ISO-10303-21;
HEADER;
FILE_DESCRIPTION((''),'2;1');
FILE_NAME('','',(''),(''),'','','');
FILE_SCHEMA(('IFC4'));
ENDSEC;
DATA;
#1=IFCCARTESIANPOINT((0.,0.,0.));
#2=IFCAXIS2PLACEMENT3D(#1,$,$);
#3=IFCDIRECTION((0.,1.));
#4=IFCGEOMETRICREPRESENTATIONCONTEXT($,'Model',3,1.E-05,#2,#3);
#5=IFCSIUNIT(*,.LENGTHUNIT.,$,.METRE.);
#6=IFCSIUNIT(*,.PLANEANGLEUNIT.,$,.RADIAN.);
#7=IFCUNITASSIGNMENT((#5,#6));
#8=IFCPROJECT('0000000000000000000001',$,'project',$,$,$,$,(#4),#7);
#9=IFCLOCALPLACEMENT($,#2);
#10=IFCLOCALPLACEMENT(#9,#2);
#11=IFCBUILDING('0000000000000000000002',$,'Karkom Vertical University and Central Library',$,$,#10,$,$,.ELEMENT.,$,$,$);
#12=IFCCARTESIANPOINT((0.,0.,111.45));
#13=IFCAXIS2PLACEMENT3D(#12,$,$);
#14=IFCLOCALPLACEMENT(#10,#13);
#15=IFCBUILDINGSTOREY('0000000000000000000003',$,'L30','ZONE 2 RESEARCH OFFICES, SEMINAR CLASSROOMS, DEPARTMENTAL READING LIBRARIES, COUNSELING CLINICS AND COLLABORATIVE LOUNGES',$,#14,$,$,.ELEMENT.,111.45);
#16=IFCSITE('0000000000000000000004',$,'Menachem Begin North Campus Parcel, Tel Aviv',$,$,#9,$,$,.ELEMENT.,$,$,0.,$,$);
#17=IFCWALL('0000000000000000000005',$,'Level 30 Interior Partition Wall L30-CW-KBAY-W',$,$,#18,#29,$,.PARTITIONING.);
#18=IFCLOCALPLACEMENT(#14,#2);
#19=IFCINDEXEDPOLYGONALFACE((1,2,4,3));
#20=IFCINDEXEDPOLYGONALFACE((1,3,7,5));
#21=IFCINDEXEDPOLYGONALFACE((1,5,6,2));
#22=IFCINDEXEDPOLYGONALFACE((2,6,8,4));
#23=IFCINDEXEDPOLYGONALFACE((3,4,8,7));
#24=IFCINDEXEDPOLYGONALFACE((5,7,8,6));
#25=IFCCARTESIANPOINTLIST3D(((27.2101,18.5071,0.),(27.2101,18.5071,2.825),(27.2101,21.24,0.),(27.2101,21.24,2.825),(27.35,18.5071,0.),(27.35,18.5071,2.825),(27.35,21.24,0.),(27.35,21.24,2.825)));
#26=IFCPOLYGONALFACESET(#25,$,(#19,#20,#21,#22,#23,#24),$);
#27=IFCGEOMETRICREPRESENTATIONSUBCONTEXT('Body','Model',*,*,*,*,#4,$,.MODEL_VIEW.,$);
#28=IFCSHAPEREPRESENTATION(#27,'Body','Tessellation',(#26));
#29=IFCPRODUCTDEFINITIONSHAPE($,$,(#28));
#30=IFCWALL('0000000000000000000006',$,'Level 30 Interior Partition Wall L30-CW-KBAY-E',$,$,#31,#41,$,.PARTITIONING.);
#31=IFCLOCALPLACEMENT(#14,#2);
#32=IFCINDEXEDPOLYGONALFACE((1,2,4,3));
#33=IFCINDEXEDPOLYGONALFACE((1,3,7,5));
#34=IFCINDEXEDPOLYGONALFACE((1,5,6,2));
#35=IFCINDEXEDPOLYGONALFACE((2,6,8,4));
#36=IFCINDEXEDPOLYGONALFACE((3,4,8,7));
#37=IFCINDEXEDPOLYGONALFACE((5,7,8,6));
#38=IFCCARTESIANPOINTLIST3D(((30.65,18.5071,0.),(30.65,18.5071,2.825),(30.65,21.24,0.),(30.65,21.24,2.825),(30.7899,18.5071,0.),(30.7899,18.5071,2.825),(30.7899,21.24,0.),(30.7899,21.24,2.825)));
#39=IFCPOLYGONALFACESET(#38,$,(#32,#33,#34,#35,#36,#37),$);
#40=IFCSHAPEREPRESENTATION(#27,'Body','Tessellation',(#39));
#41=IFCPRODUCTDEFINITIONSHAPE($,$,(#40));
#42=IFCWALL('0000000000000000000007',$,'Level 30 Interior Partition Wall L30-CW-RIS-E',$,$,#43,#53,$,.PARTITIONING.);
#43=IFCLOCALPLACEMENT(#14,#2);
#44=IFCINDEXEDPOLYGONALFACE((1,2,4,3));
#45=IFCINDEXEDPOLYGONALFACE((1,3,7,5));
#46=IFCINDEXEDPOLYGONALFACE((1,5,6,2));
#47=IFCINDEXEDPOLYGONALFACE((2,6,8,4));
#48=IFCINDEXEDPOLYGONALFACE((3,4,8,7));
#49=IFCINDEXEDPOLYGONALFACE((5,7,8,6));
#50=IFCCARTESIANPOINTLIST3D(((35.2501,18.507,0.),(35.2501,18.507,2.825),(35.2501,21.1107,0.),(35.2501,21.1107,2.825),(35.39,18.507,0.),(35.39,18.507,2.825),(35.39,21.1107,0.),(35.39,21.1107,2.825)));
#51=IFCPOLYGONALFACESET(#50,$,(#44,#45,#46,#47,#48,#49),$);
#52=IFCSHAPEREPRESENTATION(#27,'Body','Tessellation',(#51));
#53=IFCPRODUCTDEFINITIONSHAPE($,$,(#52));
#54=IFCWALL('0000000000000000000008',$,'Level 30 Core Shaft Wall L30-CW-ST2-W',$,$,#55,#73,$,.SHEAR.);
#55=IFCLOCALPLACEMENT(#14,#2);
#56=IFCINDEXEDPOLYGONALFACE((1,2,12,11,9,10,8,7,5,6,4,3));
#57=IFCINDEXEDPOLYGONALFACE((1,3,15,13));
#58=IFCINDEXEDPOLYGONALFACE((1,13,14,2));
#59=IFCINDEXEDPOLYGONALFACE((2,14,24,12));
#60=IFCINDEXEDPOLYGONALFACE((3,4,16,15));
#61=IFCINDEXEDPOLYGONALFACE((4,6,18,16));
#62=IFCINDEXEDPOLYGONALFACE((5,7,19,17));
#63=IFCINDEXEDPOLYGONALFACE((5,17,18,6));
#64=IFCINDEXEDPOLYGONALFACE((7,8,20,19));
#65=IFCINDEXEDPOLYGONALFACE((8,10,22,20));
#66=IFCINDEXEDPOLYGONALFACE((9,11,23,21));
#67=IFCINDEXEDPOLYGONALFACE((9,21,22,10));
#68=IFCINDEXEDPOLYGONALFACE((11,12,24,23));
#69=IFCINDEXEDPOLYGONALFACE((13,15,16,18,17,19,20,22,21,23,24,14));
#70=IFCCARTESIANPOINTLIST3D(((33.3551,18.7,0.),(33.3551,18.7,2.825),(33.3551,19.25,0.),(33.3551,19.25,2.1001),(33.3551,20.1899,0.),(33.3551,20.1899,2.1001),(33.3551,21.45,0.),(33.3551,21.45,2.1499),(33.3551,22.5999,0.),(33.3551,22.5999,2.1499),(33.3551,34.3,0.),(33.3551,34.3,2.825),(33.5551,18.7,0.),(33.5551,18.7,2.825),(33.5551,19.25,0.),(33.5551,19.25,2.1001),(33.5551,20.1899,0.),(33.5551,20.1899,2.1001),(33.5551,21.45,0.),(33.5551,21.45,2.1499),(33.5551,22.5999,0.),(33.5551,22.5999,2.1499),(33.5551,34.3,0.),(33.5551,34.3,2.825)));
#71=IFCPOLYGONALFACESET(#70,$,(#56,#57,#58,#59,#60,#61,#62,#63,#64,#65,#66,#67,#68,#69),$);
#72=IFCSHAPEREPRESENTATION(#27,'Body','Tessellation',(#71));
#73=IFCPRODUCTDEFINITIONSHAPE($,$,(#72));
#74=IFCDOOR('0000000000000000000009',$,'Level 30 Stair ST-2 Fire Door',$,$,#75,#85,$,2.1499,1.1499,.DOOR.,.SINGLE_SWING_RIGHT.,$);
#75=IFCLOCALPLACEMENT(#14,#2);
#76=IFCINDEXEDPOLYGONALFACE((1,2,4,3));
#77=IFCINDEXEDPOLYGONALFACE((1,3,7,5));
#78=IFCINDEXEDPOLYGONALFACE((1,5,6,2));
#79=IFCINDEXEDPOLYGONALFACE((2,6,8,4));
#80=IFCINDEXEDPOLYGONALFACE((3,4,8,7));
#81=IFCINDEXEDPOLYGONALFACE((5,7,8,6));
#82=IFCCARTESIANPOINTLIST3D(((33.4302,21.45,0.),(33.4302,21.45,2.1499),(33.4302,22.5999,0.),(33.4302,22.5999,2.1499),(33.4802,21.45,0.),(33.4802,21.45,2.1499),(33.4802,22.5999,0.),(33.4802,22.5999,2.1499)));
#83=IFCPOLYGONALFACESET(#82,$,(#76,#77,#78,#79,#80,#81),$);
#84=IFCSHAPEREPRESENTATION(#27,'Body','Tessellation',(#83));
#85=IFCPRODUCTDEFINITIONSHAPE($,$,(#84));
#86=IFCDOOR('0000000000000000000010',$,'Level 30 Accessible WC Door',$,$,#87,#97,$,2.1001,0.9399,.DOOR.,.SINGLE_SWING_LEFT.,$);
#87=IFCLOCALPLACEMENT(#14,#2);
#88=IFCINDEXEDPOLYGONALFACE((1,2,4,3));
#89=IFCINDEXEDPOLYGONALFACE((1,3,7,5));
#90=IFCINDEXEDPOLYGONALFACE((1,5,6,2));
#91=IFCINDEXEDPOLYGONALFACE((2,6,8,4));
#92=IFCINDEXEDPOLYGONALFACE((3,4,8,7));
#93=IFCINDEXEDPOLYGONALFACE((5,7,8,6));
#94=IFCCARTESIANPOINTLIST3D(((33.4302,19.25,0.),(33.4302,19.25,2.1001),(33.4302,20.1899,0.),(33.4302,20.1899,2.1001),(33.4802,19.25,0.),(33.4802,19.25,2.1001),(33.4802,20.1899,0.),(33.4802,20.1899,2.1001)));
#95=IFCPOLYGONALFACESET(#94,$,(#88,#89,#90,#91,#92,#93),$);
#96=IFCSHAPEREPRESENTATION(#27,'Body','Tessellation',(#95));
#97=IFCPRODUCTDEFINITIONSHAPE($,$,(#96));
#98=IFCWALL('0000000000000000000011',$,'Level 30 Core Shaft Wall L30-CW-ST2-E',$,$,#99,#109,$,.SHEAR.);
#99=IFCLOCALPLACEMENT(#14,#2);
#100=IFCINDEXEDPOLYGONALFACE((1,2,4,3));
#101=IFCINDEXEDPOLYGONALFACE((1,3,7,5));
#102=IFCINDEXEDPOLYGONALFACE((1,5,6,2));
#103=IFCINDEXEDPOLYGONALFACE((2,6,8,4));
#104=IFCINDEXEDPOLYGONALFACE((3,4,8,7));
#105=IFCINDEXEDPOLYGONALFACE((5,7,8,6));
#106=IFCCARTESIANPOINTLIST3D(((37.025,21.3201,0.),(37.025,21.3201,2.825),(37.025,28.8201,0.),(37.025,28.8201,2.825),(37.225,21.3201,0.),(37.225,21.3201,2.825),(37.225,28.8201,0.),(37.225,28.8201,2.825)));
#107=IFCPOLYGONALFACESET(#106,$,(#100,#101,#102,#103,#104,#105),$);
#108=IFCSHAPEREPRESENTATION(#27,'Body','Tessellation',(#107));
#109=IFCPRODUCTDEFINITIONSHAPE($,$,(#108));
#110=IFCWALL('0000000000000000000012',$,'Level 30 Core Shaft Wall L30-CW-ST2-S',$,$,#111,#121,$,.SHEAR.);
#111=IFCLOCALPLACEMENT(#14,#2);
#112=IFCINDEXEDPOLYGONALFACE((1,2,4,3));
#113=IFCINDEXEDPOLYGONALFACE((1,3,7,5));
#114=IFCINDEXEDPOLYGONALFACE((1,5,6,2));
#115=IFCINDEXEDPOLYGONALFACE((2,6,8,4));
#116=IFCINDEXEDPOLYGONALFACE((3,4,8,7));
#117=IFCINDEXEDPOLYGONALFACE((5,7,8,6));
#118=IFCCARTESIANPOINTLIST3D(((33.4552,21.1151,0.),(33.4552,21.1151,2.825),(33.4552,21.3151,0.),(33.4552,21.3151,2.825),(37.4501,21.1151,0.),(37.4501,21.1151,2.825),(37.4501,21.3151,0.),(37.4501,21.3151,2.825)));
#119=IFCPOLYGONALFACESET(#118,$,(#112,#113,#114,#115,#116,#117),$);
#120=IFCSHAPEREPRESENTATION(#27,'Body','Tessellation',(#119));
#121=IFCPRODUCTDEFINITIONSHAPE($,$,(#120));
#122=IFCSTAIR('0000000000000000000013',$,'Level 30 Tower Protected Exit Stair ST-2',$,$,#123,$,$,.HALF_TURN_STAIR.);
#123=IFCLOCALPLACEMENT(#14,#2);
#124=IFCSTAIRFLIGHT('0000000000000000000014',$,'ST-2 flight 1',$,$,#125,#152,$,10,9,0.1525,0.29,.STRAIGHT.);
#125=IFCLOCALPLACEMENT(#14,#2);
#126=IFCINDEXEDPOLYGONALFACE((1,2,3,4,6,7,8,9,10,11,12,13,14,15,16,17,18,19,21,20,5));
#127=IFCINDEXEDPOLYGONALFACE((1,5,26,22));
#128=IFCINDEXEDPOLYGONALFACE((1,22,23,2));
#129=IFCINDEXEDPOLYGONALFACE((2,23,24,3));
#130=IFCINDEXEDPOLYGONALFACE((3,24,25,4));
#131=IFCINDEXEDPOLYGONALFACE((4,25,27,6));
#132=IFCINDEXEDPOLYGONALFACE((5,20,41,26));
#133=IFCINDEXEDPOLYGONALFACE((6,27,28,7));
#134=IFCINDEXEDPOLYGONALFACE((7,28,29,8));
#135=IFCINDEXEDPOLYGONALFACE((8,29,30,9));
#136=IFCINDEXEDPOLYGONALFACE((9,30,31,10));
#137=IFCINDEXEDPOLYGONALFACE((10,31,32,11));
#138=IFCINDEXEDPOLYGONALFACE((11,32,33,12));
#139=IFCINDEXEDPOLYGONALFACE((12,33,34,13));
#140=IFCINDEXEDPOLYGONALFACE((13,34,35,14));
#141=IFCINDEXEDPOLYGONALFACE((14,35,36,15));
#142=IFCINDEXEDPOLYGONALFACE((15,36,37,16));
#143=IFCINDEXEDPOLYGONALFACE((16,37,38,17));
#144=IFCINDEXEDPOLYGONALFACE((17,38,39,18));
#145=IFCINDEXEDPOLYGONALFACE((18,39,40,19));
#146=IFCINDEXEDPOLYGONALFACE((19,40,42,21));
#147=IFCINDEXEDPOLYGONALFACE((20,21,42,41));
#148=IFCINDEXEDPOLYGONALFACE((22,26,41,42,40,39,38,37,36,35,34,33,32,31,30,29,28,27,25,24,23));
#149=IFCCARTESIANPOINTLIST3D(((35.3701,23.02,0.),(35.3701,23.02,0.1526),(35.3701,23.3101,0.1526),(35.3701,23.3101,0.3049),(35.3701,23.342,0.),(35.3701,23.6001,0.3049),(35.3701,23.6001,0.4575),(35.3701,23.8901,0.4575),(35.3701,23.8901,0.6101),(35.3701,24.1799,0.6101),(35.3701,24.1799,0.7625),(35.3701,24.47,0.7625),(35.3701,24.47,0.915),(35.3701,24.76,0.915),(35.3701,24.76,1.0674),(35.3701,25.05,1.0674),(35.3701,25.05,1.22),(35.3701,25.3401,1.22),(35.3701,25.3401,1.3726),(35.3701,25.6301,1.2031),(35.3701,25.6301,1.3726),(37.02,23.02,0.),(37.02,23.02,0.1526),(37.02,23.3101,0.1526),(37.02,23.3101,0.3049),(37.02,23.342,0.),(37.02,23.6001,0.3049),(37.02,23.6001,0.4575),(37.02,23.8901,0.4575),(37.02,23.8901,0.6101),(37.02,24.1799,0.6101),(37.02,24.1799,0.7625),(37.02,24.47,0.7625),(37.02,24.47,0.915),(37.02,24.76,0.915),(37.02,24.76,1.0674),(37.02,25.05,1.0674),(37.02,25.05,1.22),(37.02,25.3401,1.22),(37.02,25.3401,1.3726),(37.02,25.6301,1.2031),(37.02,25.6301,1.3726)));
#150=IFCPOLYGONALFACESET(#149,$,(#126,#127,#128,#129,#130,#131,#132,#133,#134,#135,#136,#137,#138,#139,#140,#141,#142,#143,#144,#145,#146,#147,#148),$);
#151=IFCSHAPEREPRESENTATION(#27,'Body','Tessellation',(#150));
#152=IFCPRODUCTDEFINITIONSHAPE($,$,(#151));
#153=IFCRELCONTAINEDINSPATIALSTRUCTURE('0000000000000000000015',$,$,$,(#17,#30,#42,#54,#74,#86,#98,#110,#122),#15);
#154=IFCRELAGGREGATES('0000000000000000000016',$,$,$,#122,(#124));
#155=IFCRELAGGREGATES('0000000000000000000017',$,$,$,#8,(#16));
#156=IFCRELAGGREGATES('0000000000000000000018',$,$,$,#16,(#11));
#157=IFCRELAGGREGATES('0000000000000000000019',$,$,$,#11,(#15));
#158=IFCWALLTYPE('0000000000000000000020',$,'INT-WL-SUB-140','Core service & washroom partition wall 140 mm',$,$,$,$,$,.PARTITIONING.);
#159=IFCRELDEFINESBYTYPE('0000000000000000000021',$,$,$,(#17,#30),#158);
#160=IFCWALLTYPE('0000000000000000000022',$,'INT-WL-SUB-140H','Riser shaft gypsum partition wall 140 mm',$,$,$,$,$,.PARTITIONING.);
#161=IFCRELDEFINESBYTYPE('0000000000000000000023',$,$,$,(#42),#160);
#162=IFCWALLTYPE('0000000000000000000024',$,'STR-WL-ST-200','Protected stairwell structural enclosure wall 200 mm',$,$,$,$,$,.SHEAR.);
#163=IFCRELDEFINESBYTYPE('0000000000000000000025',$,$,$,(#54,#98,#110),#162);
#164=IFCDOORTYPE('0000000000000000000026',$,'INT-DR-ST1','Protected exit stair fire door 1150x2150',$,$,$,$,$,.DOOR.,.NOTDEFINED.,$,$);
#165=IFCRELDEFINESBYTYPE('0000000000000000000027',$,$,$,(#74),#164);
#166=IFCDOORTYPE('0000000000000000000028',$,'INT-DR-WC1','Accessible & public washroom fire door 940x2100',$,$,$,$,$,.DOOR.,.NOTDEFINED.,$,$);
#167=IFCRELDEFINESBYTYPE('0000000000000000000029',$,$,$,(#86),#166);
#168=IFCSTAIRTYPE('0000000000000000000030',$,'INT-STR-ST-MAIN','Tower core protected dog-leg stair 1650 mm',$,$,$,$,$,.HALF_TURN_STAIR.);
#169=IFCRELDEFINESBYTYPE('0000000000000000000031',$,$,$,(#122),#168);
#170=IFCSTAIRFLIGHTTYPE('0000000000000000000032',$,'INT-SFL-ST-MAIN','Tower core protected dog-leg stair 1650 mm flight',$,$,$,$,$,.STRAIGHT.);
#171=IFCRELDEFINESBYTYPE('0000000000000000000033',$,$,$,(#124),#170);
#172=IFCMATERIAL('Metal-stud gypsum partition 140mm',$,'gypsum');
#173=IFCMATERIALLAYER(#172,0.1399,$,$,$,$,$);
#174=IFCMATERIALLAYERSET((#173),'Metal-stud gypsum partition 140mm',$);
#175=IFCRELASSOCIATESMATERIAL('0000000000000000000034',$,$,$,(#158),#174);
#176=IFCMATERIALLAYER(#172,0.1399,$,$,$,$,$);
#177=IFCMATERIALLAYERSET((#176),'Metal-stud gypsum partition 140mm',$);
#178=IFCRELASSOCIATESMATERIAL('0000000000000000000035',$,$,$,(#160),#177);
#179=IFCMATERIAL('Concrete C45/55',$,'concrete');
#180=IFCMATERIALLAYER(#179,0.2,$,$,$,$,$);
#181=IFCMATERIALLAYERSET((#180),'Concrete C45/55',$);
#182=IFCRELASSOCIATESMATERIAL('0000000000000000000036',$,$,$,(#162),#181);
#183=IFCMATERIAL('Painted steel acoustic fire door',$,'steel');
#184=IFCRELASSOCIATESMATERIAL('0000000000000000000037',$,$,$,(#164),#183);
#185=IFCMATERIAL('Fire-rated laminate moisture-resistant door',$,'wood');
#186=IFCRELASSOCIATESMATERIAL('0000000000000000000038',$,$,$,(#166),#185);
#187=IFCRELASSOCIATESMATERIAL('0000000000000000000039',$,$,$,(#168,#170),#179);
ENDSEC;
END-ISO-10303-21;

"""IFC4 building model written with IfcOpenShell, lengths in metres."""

from ifc_helpers import new_model, si_unit, direction, frame, frame_2d, origin, origin_with_axes, place, context, subcontext, project, spatial, polyline, rectangle, outline, extrude, source, transform, mapped, material, layer, layer_set, type_object, element, fill, aggregate, save


model = new_model("IFC4")

# Units and contexts
model_context = context("Model", 3, precision=1e-05, world=origin(), true_north=direction((0.0, 1.0)))
body_context = subcontext(model_context, "Body", "Model", "MODEL_VIEW")
ifc_project = project(units=[si_unit("LENGTHUNIT", "METRE"), si_unit("PLANEANGLEUNIT", "RADIAN")], contexts=[model_context])

# Site, building, storey
site_placement = place(None, origin())
site = spatial("IfcSite", under=ifc_project, at=site_placement, Name="Menachem Begin North Campus Parcel, Tel Aviv", CompositionType="ELEMENT", RefElevation=0.0)
building_placement = place(site_placement, origin())
building = spatial("IfcBuilding", under=site, at=building_placement, Name="Karkom Vertical University and Central Library", CompositionType="ELEMENT")
storey_placement = place(building_placement, frame((0.0, 0.0, 111.45)))
storey = spatial("IfcBuildingStorey", under=building, at=storey_placement, Name="L30", Description="ZONE 2 RESEARCH OFFICES, SEMINAR CLASSROOMS, DEPARTMENTAL READING LIBRARIES, COUNSELING CLINICS AND COLLABORATIVE LOUNGES", CompositionType="ELEMENT", Elevation=111.45)

# Shared definitions
ifc_material_1 = material(Name="Metal-stud gypsum partition 140mm", Category="gypsum")
ifc_layer_1 = layer(ifc_material_1, 0.1399)
ifc_layer_set_1 = layer_set([ifc_layer_1], Name="Metal-stud gypsum partition 140mm")
wall_type_1 = type_object("IfcWallType", Name="INT-WL-SUB-140", Description="Core service & washroom partition wall 140 mm", PredefinedType="PARTITIONING", material=ifc_layer_set_1)

# Walls
for number, where, z_axis, x_axis, name in (
    (1, (27.28, 18.5071, 0.0), (0.0, 0.0, 1.0), (0.0, 1.0, 0.0), "Level 30 Interior Partition Wall L30-CW-KBAY-W"),
    (2, (30.72, 18.5071, 0.0), (0.0, 0.0, 1.0), (0.0, 1.0, 0.0), "Level 30 Interior Partition Wall L30-CW-KBAY-E"),
):
    element("IfcWall", number, at=place(storey_placement, frame(where, z_axis=z_axis, x_axis=x_axis)), inside=storey, type_object=wall_type_1, Name=name, PredefinedType="PARTITIONING", context=body_context, shape_type="SweptSolid", body=[
        extrude(rectangle(XDim=2.7329, YDim=0.1399, at=frame_2d((1.3665, 0.0))), origin(), (0.0, 0.0, 1.0), 2.825),
    ])
ifc_layer_2 = layer(ifc_material_1, 0.1399)
ifc_layer_set_2 = layer_set([ifc_layer_2], Name="Metal-stud gypsum partition 140mm")
wall_type_2 = type_object("IfcWallType", Name="INT-WL-SUB-140H", Description="Riser shaft gypsum partition wall 140 mm", PredefinedType="PARTITIONING", material=ifc_layer_set_2)
wall_1_placement = place(storey_placement, frame((35.3201, 18.5071, 0.0), z_axis=(0.0, 0.0, 1.0), x_axis=(0.0, 1.0, 0.0)))
element("IfcWall", 3, at=wall_1_placement, inside=storey, type_object=wall_type_2, Name="Level 30 Interior Partition Wall L30-CW-RIS-E", PredefinedType="PARTITIONING", context=body_context, shape_type="SweptSolid", body=[
    extrude(rectangle(XDim=2.6038, YDim=0.1399, at=frame_2d((1.3018, 0.0))), origin(), (0.0, 0.0, 1.0), 2.825),
])

# Wall, openings, doors
ifc_material_2 = material(Name="Concrete C45/55", Category="concrete")
ifc_layer_3 = layer(ifc_material_2, 0.2)
ifc_layer_set_3 = layer_set([ifc_layer_3], Name="Concrete C45/55")
wall_type_3 = type_object("IfcWallType", Name="STR-WL-ST-200", Description="Protected stairwell structural enclosure wall 200 mm", PredefinedType="SHEAR", material=ifc_layer_set_3)
wall_2_placement = place(storey_placement, frame((33.4551, 18.7, 0.0), z_axis=(0.0, 0.0, 1.0), x_axis=(0.0, 1.0, 0.0)))
wall_2 = element("IfcWall", 4, at=wall_2_placement, inside=storey, type_object=wall_type_3, Name="Level 30 Core Shaft Wall L30-CW-ST2-W", PredefinedType="SHEAR", context=body_context, shape_type="SweptSolid", body=[
    extrude(rectangle(XDim=15.6001, YDim=0.2, at=frame_2d((7.8, 0.0))), origin(), (0.0, 0.0, 1.0), 2.825),
])
opening_1_placement = place(wall_2_placement, frame((2.75, 0.0, 0.0)))
opening_1 = element("IfcOpeningElement", 5, at=opening_1_placement, cuts=wall_2, PredefinedType="OPENING", context=body_context, shape_type="SweptSolid", body=[
    extrude(rectangle(XDim=1.1499, YDim=2.1499, at=frame_2d((0.575, 1.075))), frame((0.0, 0.1099, 0.0), z_axis=(0.0, -1.0, 0.0), x_axis=(1.0, 0.0, 0.0)), (0.0, 0.0, 1.0), 0.22),
])
opening_2_placement = place(wall_2_placement, frame((0.55, 0.0, 0.0)))
opening_2 = element("IfcOpeningElement", 6, at=opening_2_placement, cuts=wall_2, PredefinedType="OPENING", context=body_context, shape_type="SweptSolid", body=[
    extrude(rectangle(XDim=0.9399, YDim=2.1001, at=frame_2d((0.47, 1.05))), frame((0.0, 0.1099, 0.0), z_axis=(0.0, -1.0, 0.0), x_axis=(1.0, 0.0, 0.0)), (0.0, 0.0, 1.0), 0.22),
])
ifc_material_3 = material(Name="Painted steel acoustic fire door", Category="steel")
door_type_1 = type_object("IfcDoorType", Name="INT-DR-ST1", Description="Protected exit stair fire door 1150x2150", OperationType="NOTDEFINED", PredefinedType="DOOR", material=ifc_material_3)
shared_shape_1 = source(origin_with_axes(), body_context, "Body", "SweptSolid", [
    extrude(rectangle(XDim=1.1499, YDim=2.1499, at=frame_2d((0.575, 1.075))), frame((0.0, 0.0249, 0.0), z_axis=(0.0, -1.0, 0.0), x_axis=(1.0, 0.0, 0.0)), (0.0, 0.0, 1.0), 0.05),
])
door_1_placement = place(opening_1_placement, origin())
door_1 = element("IfcDoor", 7, at=door_1_placement, inside=storey, type_object=door_type_1, Name="Level 30 Stair ST-2 Fire Door", OperationType="SINGLE_SWING_RIGHT", OverallHeight=2.1499, OverallWidth=1.1499, PredefinedType="DOOR", context=body_context, shape_type="MappedRepresentation", body=[
    mapped(shared_shape_1, transform((0.0, 0.0, 0.0), scale=1.0)),
])
fill(opening_1, door_1)
ifc_material_4 = material(Name="Fire-rated laminate moisture-resistant door", Category="wood")
door_type_2 = type_object("IfcDoorType", Name="INT-DR-WC1", Description="Accessible & public washroom fire door 940x2100", OperationType="NOTDEFINED", PredefinedType="DOOR", material=ifc_material_4)
shared_shape_2 = source(origin_with_axes(), body_context, "Body", "SweptSolid", [
    extrude(rectangle(XDim=0.9399, YDim=2.1001, at=frame_2d((0.47, 1.05))), frame((0.0, 0.0249, 0.0), z_axis=(0.0, -1.0, 0.0), x_axis=(1.0, 0.0, 0.0)), (0.0, 0.0, 1.0), 0.05),
])
door_2_placement = place(opening_2_placement, origin())
door_2 = element("IfcDoor", 8, at=door_2_placement, inside=storey, type_object=door_type_2, Name="Level 30 Accessible WC Door", OperationType="SINGLE_SWING_LEFT", OverallHeight=2.1001, OverallWidth=0.9399, PredefinedType="DOOR", context=body_context, shape_type="MappedRepresentation", body=[
    mapped(shared_shape_2, transform((0.0, 0.0, 0.0), scale=1.0)),
])
fill(opening_2, door_2)

# Walls
wall_3_placement = place(storey_placement, frame((37.125, 21.3201, 0.0), z_axis=(0.0, 0.0, 1.0), x_axis=(0.0, 1.0, 0.0)))
element("IfcWall", 9, at=wall_3_placement, inside=storey, type_object=wall_type_3, Name="Level 30 Core Shaft Wall L30-CW-ST2-E", PredefinedType="SHEAR", context=body_context, shape_type="SweptSolid", body=[
    extrude(rectangle(XDim=7.5, YDim=0.2, at=frame_2d((3.75, 0.0))), origin(), (0.0, 0.0, 1.0), 2.825),
])
wall_4_placement = place(storey_placement, frame((33.4551, 21.2151, 0.0), z_axis=(0.0, 0.0, 1.0), x_axis=(1.0, 0.0, 0.0)))
element("IfcWall", 10, at=wall_4_placement, inside=storey, type_object=wall_type_3, Name="Level 30 Core Shaft Wall L30-CW-ST2-S", PredefinedType="SHEAR", context=body_context, shape_type="SweptSolid", body=[
    extrude(rectangle(XDim=3.9949, YDim=0.2, at=frame_2d((1.9976, 0.0))), origin(), (0.0, 0.0, 1.0), 2.825),
])

# Stair, stair flight
stair_type = type_object("IfcStairType", Name="INT-STR-ST-MAIN", Description="Tower core protected dog-leg stair 1650 mm", PredefinedType="HALF_TURN_STAIR", material=ifc_material_2)
stair_placement = place(storey_placement, origin())
stair = element("IfcStair", 11, at=stair_placement, inside=storey, type_object=stair_type, Name="Level 30 Tower Protected Exit Stair ST-2", PredefinedType="HALF_TURN_STAIR")
stair_flight_type = type_object("IfcStairFlightType", Name="INT-SFL-ST-MAIN", Description="Tower core protected dog-leg stair 1650 mm flight", PredefinedType="STRAIGHT", material=ifc_material_2)
stair_flight_placement = place(storey_placement, frame((36.1951, 23.02, 0.0), z_axis=(0.0, 0.0, 1.0), x_axis=(0.0, 1.0, 0.0)))
stair_flight = element("IfcStairFlight", 12, at=stair_flight_placement, type_object=stair_flight_type, Name="ST-2 flight 1", NumberOfRisers=10, NumberOfTreads=9, PredefinedType="STRAIGHT", RiserHeight=0.1525, TreadLength=0.29, context=body_context, shape_type="SweptSolid", body=[
    extrude(outline(polyline([(0.0, 0.0), (0.0, 0.1526), (0.29, 0.1526), (0.29, 0.3049), (0.5801, 0.3049), (0.5801, 0.4575), (0.8701, 0.4575), (0.8701, 0.6101), (1.1599, 0.6101), (1.1599, 0.7625), (1.45, 0.7625), (1.45, 0.915), (1.74, 0.915), (1.74, 1.0674), (2.03, 1.0674), (2.03, 1.22), (2.3201, 1.22), (2.3201, 1.3726), (2.6101, 1.3726), (2.6101, 1.5249), (2.6101, 1.2031), (0.322, 0.0), (0.0, 0.0)])), frame((0.0, 0.825, 0.0), z_axis=(0.0, -1.0, 0.0), x_axis=(1.0, 0.0, 0.0)), (0.0, 0.0, 1.0), 1.6499),
])
aggregate(stair, [stair_flight])

save(model, "model.ifc")
